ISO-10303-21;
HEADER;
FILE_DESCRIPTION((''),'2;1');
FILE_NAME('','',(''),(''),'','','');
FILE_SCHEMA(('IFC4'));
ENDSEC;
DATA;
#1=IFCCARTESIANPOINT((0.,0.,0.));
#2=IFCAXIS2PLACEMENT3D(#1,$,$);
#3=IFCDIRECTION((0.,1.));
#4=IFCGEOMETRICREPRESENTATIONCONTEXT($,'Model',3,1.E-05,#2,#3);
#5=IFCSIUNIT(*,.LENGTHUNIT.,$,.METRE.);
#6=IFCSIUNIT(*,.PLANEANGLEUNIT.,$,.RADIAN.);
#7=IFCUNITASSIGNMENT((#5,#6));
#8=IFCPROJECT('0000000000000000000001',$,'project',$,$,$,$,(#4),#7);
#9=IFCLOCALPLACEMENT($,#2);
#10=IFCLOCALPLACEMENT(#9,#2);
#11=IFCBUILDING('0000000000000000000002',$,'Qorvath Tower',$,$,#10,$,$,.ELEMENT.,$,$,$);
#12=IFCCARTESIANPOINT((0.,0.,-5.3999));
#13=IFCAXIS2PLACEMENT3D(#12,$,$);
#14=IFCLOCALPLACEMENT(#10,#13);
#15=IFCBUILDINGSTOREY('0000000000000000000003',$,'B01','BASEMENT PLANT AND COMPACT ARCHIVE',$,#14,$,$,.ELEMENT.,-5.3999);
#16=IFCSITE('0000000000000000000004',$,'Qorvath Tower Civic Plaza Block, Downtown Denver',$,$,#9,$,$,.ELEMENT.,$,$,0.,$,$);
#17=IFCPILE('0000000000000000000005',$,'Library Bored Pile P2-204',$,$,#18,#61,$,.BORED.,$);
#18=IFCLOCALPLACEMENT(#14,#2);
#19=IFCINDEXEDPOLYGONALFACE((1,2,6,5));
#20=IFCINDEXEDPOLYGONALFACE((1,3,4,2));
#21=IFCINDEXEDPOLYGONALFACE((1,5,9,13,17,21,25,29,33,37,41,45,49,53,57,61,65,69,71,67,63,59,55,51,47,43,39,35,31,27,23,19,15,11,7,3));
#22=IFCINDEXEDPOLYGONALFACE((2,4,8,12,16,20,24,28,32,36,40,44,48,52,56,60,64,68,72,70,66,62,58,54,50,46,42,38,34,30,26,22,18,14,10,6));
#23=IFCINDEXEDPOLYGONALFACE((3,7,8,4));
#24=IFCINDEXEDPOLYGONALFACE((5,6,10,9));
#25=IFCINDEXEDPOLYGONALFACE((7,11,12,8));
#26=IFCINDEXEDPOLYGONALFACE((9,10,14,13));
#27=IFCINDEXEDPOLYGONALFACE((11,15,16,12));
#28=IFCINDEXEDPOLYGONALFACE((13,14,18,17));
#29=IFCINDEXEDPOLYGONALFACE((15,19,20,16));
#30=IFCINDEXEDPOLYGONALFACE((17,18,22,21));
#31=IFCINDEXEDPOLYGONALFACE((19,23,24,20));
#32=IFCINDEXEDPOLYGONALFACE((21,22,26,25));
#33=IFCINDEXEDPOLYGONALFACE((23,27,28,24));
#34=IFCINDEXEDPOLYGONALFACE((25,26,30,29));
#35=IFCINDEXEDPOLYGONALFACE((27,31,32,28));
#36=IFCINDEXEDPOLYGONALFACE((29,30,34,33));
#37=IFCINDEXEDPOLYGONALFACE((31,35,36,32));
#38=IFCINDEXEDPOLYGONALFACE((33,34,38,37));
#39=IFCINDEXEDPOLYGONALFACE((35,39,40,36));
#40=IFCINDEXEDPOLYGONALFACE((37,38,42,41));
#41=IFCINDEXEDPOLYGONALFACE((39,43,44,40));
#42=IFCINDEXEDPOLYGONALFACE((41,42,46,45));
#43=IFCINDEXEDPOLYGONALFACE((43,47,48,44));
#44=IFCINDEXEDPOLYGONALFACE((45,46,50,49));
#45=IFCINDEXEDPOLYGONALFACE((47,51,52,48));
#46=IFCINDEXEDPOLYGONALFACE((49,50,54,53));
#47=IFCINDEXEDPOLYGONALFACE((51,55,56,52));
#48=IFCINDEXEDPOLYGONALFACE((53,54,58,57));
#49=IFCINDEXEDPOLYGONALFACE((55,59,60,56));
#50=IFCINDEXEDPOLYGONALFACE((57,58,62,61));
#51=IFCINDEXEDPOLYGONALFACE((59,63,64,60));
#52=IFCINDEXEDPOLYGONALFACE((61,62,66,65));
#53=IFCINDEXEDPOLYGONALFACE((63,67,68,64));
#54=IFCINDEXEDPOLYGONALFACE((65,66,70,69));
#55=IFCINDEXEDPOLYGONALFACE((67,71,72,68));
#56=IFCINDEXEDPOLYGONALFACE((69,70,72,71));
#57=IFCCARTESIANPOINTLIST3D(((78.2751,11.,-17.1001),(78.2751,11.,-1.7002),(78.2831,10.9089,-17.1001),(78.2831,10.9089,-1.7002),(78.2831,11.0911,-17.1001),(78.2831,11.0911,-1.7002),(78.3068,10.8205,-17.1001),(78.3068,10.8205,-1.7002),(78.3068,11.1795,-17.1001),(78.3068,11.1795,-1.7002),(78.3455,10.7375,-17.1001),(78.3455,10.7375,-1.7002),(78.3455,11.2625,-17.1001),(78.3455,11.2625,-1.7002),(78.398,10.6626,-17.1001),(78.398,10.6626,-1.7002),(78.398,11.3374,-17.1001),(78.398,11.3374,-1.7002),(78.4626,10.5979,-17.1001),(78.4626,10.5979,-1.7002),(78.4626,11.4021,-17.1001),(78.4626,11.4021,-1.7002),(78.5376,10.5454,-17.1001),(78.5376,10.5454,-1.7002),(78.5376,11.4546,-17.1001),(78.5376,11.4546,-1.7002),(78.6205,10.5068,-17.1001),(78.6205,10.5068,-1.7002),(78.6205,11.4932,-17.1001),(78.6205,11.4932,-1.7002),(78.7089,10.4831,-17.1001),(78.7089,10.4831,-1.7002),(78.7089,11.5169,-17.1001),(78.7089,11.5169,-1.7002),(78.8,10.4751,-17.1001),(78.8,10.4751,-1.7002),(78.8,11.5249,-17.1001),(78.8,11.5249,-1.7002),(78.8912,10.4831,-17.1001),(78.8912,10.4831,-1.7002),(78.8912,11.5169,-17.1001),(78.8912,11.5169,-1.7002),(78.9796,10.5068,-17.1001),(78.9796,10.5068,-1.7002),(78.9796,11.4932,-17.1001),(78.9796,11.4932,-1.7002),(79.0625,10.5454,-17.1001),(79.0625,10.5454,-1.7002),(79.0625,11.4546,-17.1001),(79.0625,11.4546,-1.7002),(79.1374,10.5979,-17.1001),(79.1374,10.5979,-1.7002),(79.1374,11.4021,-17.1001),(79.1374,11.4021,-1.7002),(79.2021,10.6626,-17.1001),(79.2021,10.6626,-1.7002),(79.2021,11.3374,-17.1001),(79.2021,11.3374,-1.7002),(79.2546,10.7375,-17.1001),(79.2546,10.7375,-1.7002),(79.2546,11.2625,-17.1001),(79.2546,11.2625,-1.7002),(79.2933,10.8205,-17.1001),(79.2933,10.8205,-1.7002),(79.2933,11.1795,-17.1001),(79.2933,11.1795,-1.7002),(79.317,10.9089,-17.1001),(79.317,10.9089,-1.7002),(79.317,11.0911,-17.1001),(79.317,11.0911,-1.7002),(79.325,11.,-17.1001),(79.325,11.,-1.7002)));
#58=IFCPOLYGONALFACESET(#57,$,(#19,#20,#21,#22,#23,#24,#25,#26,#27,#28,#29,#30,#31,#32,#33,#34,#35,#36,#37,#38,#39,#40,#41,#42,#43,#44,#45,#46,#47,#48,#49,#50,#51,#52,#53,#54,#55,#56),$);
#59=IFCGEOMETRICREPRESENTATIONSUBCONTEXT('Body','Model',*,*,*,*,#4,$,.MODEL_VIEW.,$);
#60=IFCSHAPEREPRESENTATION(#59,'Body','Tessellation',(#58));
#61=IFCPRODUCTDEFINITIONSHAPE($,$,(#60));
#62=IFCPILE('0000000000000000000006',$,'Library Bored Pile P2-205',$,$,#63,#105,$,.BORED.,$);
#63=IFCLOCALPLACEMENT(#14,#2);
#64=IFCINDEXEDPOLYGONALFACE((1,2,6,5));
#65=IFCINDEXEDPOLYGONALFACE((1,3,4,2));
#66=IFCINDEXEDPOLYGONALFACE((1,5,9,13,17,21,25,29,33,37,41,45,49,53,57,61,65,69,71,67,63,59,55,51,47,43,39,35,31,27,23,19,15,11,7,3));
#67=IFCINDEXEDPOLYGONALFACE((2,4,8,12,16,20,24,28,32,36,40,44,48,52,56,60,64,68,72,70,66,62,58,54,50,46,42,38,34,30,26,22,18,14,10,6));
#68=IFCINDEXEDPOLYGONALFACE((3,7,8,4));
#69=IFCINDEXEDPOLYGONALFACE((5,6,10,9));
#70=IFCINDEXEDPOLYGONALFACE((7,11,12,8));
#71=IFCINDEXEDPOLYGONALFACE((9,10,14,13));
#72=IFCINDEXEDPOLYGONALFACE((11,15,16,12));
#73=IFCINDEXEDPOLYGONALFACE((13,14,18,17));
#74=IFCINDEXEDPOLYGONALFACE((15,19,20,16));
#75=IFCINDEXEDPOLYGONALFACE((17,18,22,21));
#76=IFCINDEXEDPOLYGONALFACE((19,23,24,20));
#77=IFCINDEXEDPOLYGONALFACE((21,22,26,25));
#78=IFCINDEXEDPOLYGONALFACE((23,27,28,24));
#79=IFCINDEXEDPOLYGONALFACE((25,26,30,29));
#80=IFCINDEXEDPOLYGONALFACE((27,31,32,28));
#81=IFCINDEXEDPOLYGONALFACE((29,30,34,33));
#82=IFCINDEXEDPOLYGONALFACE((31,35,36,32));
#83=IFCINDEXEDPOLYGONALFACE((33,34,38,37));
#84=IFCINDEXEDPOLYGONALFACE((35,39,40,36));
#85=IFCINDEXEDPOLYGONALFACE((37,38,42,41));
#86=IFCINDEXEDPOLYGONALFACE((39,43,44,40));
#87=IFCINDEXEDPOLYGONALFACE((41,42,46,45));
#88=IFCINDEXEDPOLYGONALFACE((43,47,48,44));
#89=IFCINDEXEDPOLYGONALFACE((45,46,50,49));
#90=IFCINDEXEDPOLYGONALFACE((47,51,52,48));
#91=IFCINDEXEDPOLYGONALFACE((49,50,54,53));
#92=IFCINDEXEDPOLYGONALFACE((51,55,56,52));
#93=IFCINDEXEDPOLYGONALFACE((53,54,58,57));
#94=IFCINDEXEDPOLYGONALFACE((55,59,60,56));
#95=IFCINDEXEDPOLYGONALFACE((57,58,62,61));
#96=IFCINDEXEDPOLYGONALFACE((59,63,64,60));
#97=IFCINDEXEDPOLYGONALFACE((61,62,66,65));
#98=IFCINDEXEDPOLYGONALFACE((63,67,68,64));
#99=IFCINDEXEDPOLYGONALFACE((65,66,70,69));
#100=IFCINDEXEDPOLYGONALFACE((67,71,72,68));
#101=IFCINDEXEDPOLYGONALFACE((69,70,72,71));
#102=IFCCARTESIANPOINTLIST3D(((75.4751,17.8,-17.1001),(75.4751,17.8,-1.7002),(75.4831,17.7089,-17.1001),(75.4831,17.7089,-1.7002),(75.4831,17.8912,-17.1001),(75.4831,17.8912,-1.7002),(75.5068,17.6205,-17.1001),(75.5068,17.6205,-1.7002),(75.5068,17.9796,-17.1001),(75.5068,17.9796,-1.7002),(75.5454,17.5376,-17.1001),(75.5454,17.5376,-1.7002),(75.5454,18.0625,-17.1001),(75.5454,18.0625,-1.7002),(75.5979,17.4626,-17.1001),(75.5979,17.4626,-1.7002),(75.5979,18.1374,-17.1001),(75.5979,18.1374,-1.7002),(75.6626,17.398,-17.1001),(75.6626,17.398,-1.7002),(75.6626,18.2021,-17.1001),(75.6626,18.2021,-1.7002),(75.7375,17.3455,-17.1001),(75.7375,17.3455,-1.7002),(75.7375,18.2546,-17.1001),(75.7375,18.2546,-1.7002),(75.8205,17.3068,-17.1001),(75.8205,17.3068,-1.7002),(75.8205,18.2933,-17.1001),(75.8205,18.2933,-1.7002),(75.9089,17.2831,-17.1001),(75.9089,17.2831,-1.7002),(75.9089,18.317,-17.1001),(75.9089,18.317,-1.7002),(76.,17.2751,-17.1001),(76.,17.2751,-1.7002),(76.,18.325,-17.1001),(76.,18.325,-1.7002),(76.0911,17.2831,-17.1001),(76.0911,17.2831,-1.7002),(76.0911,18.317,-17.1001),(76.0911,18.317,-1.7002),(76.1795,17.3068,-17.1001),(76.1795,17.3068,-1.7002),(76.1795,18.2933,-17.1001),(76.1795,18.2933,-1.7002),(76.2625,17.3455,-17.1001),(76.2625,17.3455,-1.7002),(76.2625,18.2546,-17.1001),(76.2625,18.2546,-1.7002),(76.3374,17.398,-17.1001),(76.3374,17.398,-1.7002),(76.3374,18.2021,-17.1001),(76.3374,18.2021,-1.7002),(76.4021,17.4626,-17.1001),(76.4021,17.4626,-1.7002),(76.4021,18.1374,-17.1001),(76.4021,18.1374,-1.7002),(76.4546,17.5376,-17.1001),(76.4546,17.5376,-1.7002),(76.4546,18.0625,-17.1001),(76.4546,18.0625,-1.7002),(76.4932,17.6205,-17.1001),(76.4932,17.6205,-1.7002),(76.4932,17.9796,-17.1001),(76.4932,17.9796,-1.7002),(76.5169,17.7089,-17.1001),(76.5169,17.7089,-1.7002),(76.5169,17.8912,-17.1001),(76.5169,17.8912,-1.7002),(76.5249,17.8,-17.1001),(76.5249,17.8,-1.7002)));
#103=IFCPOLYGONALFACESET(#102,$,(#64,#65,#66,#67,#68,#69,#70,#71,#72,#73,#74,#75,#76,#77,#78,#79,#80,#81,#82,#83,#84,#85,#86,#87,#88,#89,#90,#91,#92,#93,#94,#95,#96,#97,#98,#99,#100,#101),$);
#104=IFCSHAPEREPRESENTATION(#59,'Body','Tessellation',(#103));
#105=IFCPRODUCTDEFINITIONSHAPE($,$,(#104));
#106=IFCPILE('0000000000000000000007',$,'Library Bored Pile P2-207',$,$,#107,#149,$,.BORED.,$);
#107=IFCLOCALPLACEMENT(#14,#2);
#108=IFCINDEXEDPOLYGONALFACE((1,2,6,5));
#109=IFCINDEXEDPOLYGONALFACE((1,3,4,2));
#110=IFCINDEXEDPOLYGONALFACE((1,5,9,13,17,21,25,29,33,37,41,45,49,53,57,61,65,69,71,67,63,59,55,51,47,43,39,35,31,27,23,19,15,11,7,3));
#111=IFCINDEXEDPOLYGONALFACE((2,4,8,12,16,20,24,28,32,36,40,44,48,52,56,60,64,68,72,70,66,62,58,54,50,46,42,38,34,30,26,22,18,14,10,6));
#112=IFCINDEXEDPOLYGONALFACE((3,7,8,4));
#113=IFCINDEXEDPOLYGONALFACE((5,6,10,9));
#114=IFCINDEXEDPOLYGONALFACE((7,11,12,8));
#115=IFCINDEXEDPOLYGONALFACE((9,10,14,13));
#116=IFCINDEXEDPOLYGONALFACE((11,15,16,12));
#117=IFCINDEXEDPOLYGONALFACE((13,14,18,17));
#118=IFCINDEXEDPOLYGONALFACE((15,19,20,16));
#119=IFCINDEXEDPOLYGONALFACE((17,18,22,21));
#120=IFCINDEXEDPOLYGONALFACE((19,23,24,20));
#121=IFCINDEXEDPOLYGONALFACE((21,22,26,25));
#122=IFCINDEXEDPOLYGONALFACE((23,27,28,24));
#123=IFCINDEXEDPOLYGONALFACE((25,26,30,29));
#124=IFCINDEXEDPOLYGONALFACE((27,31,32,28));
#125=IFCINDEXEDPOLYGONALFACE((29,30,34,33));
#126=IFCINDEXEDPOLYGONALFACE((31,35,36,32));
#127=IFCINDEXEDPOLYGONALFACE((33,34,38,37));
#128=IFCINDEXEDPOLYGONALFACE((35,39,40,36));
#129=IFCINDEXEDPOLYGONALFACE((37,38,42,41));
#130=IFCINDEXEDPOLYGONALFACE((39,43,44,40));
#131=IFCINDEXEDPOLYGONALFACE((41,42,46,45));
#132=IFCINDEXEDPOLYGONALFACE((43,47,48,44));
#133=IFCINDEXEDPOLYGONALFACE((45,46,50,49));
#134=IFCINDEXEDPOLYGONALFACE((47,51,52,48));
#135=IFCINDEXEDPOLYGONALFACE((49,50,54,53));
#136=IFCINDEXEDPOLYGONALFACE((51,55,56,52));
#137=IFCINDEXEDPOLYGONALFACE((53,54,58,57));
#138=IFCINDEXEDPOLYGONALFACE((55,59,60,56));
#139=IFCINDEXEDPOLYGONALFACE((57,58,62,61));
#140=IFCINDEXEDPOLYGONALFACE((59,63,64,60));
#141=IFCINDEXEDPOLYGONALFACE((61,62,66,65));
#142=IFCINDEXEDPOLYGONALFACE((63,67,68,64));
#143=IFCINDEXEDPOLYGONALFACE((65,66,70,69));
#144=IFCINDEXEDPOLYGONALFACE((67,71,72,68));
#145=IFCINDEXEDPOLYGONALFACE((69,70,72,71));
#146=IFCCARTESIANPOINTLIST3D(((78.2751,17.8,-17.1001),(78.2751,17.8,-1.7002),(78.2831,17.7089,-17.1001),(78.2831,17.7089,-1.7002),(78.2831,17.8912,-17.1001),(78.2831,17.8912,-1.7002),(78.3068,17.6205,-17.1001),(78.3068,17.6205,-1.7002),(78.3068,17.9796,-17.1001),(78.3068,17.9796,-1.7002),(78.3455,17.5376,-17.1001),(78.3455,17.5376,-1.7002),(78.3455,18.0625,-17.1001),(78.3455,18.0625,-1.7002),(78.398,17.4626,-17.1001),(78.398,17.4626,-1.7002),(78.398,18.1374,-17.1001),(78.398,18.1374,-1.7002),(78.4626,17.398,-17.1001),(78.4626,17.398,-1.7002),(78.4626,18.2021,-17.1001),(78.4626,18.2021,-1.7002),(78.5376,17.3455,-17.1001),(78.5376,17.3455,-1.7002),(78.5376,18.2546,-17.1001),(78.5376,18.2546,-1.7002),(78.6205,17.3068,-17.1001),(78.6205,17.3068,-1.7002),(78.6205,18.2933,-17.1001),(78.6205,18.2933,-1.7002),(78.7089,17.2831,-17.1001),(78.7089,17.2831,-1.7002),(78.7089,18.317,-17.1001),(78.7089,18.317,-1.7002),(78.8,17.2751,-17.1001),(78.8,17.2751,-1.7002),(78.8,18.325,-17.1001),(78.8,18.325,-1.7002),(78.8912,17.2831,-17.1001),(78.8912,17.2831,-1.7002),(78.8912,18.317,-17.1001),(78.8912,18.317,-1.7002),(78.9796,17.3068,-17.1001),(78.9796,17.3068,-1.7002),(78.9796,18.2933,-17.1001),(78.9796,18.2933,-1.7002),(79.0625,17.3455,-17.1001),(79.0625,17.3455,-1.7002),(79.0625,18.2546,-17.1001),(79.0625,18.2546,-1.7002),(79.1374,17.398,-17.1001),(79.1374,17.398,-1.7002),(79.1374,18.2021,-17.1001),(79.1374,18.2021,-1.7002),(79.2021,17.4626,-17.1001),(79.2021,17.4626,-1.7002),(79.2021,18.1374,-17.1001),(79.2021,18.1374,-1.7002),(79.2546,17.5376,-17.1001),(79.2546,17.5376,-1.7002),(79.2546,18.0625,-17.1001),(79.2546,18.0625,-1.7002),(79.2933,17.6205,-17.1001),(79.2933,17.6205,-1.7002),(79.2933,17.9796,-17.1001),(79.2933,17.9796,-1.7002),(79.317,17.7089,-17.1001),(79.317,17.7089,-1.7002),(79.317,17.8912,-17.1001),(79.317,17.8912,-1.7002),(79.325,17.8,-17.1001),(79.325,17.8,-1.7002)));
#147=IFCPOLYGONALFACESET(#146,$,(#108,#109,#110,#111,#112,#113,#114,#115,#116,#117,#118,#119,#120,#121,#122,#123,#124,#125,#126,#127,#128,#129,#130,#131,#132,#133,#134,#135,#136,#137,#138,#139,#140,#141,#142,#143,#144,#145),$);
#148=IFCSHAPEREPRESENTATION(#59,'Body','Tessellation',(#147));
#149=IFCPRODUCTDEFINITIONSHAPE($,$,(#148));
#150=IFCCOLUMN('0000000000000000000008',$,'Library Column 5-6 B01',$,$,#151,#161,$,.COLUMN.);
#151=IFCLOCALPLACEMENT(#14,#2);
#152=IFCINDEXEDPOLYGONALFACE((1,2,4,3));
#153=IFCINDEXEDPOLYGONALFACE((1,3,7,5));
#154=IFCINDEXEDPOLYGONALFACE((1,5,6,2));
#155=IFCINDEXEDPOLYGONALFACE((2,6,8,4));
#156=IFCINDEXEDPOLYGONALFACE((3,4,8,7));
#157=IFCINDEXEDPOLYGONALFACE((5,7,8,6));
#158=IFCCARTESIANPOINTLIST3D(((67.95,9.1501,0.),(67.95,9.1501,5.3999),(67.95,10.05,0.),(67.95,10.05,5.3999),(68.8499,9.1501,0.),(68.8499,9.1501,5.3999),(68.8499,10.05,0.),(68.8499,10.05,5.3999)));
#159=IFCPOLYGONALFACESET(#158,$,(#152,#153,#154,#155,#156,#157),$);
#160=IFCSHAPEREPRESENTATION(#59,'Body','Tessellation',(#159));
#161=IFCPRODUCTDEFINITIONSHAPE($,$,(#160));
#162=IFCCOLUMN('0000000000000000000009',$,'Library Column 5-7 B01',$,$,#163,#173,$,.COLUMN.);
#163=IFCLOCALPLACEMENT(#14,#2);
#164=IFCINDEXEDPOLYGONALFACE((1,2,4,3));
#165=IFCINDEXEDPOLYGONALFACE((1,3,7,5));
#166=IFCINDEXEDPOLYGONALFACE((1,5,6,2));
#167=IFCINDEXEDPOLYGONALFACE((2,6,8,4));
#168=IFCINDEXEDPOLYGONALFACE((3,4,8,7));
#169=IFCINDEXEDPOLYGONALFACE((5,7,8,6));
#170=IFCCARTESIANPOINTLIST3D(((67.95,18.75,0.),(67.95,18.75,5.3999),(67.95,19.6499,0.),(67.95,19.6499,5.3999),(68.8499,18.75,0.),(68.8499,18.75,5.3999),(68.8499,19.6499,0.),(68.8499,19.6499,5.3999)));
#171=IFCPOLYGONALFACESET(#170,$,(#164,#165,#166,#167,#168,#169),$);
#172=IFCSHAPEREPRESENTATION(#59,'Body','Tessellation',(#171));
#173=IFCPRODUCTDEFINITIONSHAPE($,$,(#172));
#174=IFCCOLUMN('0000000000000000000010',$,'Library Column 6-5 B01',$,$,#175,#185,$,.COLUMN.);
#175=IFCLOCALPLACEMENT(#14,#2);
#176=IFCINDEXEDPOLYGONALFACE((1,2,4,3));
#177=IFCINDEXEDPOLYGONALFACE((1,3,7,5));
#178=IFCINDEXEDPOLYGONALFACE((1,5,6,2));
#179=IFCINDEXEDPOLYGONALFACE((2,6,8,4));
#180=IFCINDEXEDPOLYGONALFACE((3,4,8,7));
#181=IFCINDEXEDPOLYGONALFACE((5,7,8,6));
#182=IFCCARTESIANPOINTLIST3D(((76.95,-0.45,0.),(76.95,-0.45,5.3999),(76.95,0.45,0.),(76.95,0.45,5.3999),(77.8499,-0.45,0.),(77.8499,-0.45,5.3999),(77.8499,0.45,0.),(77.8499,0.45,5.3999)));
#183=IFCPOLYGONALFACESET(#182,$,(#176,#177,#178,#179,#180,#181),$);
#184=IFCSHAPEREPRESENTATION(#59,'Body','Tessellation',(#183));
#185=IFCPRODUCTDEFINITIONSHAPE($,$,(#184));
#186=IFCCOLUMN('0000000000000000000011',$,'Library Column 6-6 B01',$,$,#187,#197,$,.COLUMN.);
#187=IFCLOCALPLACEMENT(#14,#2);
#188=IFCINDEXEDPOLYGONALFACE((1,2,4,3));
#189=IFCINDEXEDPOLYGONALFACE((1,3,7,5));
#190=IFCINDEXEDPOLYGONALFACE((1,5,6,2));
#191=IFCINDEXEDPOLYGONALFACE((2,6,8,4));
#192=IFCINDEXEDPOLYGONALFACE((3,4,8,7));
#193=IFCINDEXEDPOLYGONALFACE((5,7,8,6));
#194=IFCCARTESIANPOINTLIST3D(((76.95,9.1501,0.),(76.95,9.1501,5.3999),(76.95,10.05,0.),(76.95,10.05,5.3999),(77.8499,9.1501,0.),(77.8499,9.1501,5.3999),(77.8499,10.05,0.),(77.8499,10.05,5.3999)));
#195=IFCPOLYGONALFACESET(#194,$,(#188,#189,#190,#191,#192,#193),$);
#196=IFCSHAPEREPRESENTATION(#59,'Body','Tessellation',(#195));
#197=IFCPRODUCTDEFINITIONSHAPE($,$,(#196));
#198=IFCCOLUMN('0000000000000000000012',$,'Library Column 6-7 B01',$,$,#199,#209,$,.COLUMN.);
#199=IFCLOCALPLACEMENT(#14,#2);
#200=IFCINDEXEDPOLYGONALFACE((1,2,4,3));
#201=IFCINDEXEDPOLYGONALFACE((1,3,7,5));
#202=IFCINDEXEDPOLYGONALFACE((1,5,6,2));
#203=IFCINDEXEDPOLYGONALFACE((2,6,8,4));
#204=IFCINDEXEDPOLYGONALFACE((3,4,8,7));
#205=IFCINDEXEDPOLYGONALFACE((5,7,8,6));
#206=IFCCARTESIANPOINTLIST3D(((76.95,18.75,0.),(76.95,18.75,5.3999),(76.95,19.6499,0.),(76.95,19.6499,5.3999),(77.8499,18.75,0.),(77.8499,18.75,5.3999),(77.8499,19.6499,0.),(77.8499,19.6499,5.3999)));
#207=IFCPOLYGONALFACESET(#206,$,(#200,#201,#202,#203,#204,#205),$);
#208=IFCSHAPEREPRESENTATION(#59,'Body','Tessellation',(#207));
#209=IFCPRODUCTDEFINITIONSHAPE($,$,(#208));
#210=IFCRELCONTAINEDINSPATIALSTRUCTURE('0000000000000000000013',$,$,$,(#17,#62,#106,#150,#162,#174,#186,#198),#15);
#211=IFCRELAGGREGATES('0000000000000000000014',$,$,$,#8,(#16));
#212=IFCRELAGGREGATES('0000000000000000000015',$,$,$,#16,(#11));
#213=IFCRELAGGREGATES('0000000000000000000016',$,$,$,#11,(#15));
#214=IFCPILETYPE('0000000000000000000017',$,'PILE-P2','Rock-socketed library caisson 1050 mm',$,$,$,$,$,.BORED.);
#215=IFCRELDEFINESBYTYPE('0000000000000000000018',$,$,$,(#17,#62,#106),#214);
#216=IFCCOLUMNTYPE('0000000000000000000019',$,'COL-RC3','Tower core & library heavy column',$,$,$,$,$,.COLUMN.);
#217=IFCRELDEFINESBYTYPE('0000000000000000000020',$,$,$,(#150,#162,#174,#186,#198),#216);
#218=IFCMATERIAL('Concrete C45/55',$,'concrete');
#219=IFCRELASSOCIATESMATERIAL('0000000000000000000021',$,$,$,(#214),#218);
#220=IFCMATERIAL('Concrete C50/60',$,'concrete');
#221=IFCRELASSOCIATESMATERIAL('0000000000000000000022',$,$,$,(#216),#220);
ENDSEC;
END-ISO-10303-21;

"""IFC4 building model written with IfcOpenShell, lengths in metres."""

from ifc_helpers import new_model, si_unit, direction, frame, origin, origin_2d, place, context, subcontext, project, spatial, rectangle, circle, extrude, material, material_profile, profile_set, type_object, element, save


model = new_model("IFC4")

# Units and contexts
model_context = context("Model", 3, precision=1e-05, world=origin(), true_north=direction((0.0, 1.0)))
body_context = subcontext(model_context, "Body", "Model", "MODEL_VIEW")
ifc_project = project(units=[si_unit("LENGTHUNIT", "METRE"), si_unit("PLANEANGLEUNIT", "RADIAN")], contexts=[model_context])

# Site, building, storey
site_placement = place(None, origin())
site = spatial("IfcSite", under=ifc_project, at=site_placement, Name="Qorvath Tower Civic Plaza Block, Downtown Denver", CompositionType="ELEMENT", RefElevation=0.0)
building_placement = place(site_placement, origin())
building = spatial("IfcBuilding", under=site, at=building_placement, Name="Qorvath Tower", CompositionType="ELEMENT")
storey_placement = place(building_placement, frame((0.0, 0.0, -5.3999)))
storey = spatial("IfcBuildingStorey", under=building, at=storey_placement, Name="B01", Description="BASEMENT PLANT AND COMPACT ARCHIVE", CompositionType="ELEMENT", Elevation=-5.3999)

# Piles
ifc_material_1 = material(Name="Concrete C45/55", Category="concrete")
ifc_material_profile_1 = material_profile(ifc_material_1, circle(Radius=0.5249, at=origin_2d()), Name="BORED PILE 1050")
ifc_profile_set_1 = profile_set([ifc_material_profile_1], Name="Concrete C45/55")
pile_type = type_object("IfcPileType", Name="PILE-P2", Description="Rock-socketed library caisson 1050 mm", PredefinedType="BORED", material=ifc_profile_set_1)
for number, where, z_axis, x_axis, name in (
    (1, (78.8, 11.0, -1.7002), (0.0, 0.0, -1.0), (1.0, 0.0, 0.0), "Library Bored Pile P2-204"),
    (2, (76.0, 17.8, -1.7002), (0.0, 0.0, -1.0), (1.0, 0.0, 0.0), "Library Bored Pile P2-205"),
    (3, (78.8, 17.8, -1.7002), (0.0, 0.0, -1.0), (1.0, 0.0, 0.0), "Library Bored Pile P2-207"),
):
    element("IfcPile", number, at=place(storey_placement, frame(where, z_axis=z_axis, x_axis=x_axis)), inside=storey, type_object=pile_type, Name=name, PredefinedType="BORED", context=body_context, shape_type="SweptSolid", body=[
        extrude(circle(Radius=0.5249, at=origin_2d()), origin(), (0.0, 0.0, 1.0), 15.3999),
    ])

# Columns
ifc_material_2 = material(Name="Concrete C50/60", Category="concrete")
ifc_material_profile_2 = material_profile(ifc_material_2, rectangle(XDim=0.8999, YDim=0.8999, at=origin_2d()), Name="RC 900x900")
ifc_profile_set_2 = profile_set([ifc_material_profile_2], Name="Concrete C50/60")
column_type = type_object("IfcColumnType", Name="COL-RC3", Description="Tower core & library heavy column", PredefinedType="COLUMN", material=ifc_profile_set_2)
for number, where, z_axis, x_axis, name in (
    (4, (68.3999, 9.6001, 0.0), (0.0, 0.0, 1.0), (1.0, 0.0, 0.0), "Library Column 5-6 B01"),
    (5, (68.3999, 19.2, 0.0), (0.0, 0.0, 1.0), (1.0, 0.0, 0.0), "Library Column 5-7 B01"),
    (6, (77.3999, 0.0, 0.0), (0.0, 0.0, 1.0), (1.0, 0.0, 0.0), "Library Column 6-5 B01"),
    (7, (77.3999, 9.6001, 0.0), (0.0, 0.0, 1.0), (1.0, 0.0, 0.0), "Library Column 6-6 B01"),
    (8, (77.3999, 19.2, 0.0), (0.0, 0.0, 1.0), (1.0, 0.0, 0.0), "Library Column 6-7 B01"),
):
    element("IfcColumn", number, at=place(storey_placement, frame(where, z_axis=z_axis, x_axis=x_axis)), inside=storey, type_object=column_type, Name=name, PredefinedType="COLUMN", context=body_context, shape_type="SweptSolid", body=[
        extrude(rectangle(XDim=0.8999, YDim=0.8999, at=origin_2d()), origin(), (0.0, 0.0, 1.0), 5.3999),
    ])

save(model, "model.ifc")
